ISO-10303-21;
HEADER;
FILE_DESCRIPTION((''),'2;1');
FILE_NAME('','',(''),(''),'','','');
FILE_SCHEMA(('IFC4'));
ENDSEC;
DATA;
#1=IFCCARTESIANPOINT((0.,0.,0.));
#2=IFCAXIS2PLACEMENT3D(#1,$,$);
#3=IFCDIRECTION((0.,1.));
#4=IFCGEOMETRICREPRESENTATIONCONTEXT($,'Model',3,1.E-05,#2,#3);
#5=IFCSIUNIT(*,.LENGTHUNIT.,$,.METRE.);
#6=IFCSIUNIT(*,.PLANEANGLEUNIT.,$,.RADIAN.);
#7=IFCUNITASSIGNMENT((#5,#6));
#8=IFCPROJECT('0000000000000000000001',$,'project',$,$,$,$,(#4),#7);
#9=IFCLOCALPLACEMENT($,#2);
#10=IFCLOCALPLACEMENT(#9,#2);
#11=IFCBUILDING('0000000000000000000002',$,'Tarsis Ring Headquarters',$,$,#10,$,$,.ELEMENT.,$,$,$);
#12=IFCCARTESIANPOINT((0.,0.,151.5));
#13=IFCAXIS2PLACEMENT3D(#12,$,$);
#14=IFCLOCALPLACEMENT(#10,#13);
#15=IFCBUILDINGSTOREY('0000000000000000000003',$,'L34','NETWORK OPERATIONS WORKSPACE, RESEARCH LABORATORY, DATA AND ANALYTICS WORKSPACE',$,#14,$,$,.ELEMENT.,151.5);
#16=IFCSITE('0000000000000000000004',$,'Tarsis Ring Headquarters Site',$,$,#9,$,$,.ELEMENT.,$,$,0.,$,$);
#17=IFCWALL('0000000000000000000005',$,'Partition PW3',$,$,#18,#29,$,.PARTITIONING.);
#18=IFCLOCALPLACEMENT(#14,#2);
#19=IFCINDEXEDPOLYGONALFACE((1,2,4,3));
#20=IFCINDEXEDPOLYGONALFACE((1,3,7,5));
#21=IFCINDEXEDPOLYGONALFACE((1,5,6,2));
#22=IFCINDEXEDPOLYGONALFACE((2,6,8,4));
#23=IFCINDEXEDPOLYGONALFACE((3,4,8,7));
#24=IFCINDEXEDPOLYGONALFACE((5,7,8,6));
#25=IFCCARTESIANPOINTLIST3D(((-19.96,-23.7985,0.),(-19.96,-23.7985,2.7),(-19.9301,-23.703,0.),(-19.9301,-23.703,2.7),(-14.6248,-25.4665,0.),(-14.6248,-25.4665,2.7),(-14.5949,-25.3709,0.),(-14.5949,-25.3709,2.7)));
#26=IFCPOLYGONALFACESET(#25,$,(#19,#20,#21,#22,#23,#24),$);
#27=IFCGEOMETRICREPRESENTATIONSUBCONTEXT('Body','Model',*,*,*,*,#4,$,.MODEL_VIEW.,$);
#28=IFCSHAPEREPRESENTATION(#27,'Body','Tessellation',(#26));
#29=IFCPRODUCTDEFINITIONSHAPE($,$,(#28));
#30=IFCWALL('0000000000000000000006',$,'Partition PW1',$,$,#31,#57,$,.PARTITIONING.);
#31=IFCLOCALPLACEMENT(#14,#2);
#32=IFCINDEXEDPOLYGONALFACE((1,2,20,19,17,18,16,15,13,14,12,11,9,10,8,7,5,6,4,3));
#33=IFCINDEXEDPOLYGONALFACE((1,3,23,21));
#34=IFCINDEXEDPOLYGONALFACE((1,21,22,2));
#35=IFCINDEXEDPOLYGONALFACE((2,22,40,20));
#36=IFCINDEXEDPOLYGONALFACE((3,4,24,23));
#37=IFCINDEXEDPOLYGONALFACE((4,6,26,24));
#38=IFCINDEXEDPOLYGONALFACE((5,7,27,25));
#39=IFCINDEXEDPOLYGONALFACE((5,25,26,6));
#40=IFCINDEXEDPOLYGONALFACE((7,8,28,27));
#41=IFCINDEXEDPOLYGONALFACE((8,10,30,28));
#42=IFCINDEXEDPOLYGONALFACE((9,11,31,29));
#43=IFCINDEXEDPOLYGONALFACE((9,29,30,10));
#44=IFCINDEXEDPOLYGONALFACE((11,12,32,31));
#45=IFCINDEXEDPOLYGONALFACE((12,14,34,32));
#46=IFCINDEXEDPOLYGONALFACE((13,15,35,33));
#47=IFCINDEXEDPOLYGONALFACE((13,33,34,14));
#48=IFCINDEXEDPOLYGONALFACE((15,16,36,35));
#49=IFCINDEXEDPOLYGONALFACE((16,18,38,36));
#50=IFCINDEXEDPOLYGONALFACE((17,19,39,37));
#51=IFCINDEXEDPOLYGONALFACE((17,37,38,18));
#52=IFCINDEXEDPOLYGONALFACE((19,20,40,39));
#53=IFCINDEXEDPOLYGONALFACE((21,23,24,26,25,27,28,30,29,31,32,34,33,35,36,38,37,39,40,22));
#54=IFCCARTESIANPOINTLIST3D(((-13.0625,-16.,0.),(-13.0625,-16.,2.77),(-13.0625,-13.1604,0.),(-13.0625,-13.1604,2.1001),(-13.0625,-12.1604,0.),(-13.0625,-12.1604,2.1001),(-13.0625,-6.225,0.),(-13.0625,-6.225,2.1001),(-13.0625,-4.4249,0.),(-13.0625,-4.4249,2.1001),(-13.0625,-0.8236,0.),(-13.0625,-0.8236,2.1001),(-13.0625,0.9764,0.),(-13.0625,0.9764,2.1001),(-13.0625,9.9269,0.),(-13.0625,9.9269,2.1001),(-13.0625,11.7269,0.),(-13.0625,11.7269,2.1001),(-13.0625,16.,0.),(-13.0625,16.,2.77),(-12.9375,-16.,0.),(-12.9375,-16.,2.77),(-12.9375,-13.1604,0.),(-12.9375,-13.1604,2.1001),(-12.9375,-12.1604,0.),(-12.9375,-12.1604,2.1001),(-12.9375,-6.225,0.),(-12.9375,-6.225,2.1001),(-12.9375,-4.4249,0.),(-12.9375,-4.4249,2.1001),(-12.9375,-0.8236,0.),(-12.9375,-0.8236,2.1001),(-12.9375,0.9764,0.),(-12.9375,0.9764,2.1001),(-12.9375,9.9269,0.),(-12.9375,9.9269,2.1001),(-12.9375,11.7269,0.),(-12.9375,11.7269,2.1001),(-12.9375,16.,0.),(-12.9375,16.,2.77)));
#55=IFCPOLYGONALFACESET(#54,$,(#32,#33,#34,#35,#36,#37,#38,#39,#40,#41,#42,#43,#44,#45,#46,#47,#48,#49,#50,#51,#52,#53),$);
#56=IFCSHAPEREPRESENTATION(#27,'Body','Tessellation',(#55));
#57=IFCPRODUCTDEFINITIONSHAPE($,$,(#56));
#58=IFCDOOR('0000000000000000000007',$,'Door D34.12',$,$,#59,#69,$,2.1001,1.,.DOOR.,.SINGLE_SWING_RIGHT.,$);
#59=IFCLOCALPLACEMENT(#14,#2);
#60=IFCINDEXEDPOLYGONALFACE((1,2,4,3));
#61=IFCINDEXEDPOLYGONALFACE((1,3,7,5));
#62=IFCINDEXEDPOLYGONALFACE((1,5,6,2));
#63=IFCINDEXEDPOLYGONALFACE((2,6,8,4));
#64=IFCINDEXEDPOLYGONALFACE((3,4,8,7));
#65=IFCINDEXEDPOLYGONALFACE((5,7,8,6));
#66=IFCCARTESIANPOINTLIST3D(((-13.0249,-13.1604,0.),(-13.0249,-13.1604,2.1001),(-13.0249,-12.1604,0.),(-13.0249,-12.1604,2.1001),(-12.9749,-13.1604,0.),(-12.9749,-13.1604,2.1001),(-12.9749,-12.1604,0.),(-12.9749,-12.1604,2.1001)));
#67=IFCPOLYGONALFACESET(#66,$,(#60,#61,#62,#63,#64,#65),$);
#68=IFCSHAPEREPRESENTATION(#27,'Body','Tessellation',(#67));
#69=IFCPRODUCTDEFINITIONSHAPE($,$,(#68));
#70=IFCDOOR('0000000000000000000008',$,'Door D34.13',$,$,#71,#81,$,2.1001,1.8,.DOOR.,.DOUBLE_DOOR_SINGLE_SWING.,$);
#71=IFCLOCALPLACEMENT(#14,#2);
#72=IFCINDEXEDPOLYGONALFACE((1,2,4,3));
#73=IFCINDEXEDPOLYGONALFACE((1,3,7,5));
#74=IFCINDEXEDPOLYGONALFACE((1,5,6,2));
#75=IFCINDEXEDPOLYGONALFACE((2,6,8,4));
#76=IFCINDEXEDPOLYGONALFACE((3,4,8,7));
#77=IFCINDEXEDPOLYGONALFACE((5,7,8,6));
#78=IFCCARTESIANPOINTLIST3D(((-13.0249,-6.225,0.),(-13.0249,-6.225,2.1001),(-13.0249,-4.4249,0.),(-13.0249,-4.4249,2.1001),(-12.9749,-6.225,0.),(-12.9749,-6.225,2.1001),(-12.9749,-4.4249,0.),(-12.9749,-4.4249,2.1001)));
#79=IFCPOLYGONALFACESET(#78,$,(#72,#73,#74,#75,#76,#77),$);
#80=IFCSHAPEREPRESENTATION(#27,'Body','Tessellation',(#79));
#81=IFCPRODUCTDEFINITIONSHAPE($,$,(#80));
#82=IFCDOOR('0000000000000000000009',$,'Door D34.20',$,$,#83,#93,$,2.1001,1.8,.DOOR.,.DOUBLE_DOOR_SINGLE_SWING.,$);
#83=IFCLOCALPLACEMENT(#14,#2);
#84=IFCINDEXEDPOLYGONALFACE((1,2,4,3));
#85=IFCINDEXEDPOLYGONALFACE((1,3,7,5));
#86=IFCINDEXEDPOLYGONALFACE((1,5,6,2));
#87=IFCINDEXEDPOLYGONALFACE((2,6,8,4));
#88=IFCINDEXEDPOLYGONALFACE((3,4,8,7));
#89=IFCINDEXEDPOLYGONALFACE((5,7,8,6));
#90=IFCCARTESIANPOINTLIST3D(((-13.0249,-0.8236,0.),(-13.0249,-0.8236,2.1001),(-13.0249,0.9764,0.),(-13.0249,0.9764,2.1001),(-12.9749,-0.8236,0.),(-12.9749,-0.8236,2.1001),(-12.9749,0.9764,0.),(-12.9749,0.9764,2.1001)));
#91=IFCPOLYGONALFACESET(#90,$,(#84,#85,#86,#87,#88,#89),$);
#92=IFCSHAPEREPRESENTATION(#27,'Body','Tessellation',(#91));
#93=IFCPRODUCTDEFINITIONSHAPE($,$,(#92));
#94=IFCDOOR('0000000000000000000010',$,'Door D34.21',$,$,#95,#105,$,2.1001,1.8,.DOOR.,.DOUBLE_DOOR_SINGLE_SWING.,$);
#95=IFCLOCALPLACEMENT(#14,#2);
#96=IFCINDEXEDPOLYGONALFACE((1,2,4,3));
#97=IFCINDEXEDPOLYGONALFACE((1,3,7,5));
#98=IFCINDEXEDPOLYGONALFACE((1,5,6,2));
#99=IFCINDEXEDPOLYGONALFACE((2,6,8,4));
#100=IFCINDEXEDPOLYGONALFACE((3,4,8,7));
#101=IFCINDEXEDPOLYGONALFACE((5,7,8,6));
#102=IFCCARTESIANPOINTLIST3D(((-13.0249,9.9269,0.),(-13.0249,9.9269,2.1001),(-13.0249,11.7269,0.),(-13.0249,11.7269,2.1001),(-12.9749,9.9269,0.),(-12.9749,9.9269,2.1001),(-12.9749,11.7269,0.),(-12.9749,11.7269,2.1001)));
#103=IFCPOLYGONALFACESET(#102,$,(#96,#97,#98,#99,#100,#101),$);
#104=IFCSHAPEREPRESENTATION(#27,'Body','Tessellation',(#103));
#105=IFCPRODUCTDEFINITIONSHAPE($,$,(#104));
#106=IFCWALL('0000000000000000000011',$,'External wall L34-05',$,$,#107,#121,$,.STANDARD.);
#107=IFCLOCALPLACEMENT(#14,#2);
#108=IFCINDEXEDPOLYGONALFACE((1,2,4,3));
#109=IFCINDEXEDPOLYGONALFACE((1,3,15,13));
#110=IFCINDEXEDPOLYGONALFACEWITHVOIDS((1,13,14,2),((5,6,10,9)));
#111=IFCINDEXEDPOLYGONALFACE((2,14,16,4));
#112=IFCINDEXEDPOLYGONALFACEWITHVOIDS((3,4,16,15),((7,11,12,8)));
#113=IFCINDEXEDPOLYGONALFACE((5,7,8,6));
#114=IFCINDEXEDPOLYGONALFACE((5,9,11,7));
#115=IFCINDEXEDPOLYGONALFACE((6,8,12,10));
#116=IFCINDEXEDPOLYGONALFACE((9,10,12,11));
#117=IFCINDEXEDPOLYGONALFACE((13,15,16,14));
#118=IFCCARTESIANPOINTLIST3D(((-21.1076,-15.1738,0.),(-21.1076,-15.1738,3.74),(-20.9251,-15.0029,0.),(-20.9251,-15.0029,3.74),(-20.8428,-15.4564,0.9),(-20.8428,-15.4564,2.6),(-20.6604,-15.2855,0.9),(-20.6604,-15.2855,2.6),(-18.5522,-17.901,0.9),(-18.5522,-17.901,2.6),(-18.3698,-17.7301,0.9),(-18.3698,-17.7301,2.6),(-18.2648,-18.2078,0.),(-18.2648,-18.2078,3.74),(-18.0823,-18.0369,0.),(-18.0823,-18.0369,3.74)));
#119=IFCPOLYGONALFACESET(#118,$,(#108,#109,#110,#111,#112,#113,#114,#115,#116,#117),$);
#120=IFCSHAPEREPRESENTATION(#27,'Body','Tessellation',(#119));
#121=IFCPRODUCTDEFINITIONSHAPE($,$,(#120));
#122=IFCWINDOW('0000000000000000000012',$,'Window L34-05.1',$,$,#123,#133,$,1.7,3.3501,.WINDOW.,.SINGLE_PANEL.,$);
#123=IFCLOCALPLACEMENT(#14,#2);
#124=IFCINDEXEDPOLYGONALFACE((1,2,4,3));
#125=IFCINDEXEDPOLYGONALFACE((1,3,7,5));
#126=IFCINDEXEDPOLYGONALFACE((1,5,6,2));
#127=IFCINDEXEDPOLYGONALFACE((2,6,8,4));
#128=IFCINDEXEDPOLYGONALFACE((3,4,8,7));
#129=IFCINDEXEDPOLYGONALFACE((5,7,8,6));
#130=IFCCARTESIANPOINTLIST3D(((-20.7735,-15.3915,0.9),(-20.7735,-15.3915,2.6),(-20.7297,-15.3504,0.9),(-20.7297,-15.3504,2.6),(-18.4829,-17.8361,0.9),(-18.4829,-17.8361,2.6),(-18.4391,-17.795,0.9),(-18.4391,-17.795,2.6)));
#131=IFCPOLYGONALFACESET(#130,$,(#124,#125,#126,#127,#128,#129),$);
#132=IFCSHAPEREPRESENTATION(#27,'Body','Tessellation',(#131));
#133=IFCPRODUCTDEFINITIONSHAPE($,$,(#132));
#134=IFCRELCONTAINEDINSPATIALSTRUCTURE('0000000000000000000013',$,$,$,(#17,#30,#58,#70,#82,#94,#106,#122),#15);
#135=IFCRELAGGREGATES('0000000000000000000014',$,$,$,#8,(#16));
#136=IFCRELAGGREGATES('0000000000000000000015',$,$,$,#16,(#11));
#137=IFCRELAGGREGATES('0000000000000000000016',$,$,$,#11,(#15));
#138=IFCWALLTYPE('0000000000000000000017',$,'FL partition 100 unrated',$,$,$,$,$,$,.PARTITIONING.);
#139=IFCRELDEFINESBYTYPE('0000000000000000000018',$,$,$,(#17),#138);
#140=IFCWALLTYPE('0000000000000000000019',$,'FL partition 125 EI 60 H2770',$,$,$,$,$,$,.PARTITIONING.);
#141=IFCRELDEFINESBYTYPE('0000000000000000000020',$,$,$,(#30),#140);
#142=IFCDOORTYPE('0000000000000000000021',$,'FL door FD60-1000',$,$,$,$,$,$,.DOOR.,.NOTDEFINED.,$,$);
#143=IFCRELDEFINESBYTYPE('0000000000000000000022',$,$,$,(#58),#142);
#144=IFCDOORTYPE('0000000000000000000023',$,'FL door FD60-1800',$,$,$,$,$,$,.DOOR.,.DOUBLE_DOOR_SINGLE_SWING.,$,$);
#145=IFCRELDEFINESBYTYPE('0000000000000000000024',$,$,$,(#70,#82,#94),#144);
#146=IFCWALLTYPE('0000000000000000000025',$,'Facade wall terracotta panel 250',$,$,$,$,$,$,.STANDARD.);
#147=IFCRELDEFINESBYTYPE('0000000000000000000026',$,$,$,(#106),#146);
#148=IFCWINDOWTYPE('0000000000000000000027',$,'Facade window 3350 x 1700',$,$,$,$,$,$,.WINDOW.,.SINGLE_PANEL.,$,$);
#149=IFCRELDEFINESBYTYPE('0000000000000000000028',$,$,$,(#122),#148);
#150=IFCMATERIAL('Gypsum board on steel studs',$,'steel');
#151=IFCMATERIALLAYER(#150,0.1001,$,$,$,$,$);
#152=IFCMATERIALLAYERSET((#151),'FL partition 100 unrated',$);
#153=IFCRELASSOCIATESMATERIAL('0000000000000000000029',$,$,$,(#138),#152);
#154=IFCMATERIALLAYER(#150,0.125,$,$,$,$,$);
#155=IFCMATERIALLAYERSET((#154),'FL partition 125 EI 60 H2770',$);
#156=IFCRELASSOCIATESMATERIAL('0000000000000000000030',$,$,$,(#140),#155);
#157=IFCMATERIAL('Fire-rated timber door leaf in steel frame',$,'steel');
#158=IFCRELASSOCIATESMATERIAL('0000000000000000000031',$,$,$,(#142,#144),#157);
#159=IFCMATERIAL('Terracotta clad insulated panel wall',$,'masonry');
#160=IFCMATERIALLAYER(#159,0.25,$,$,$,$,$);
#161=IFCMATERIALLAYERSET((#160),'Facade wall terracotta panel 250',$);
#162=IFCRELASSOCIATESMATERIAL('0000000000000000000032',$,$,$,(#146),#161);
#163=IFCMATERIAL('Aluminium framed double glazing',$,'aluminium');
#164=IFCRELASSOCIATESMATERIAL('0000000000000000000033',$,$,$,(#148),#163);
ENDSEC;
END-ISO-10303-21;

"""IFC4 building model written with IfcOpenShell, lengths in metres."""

from ifc_helpers import new_model, si_unit, direction, frame, frame_2d, origin, place, context, subcontext, project, spatial, rectangle, extrude, material, layer, layer_set, type_object, element, fill, save


model = new_model("IFC4")

# Units and contexts
model_context = context("Model", 3, precision=1e-05, world=origin(), true_north=direction((0.0, 1.0)))
body_context = subcontext(model_context, "Body", "Model", "MODEL_VIEW")
ifc_project = project(units=[si_unit("LENGTHUNIT", "METRE"), si_unit("PLANEANGLEUNIT", "RADIAN")], contexts=[model_context])

# Site, building, storey
site_placement = place(None, origin())
site = spatial("IfcSite", under=ifc_project, at=site_placement, Name="Tarsis Ring Headquarters Site", CompositionType="ELEMENT", RefElevation=0.0)
building_placement = place(site_placement, origin())
building = spatial("IfcBuilding", under=site, at=building_placement, Name="Tarsis Ring Headquarters", CompositionType="ELEMENT")
storey_placement = place(building_placement, frame((0.0, 0.0, 151.5)))
storey = spatial("IfcBuildingStorey", under=building, at=storey_placement, Name="L34", Description="NETWORK OPERATIONS WORKSPACE, RESEARCH LABORATORY, DATA AND ANALYTICS WORKSPACE", CompositionType="ELEMENT", Elevation=151.5)

# Wall
ifc_material_1 = material(Name="Gypsum board on steel studs", Category="steel")
ifc_layer_1 = layer(ifc_material_1, 0.1001)
ifc_layer_set_1 = layer_set([ifc_layer_1], Name="FL partition 100 unrated")
wall_type_1 = type_object("IfcWallType", Name="FL partition 100 unrated", PredefinedType="PARTITIONING", material=ifc_layer_set_1)
wall_1_placement = place(storey_placement, frame((-19.9451, -23.7507, 0.0), z_axis=(0.0, 0.0, 1.0), x_axis=(0.954443, -0.298392, 0.0)))
element("IfcWall", 1, at=wall_1_placement, inside=storey, type_object=wall_type_1, Name="Partition PW3", PredefinedType="PARTITIONING", context=body_context, shape_type="SweptSolid", body=[
    extrude(rectangle(XDim=5.5898, YDim=0.1001, at=frame_2d((2.7949, 0.0))), origin(), (0.0, 0.0, 1.0), 2.7),
])

# Wall, openings, doors
ifc_layer_2 = layer(ifc_material_1, 0.125)
ifc_layer_set_2 = layer_set([ifc_layer_2], Name="FL partition 125 EI 60 H2770")
wall_type_2 = type_object("IfcWallType", Name="FL partition 125 EI 60 H2770", PredefinedType="PARTITIONING", material=ifc_layer_set_2)
wall_2_placement = place(storey_placement, frame((-13.0, -16.0, 0.0), z_axis=(0.0, 0.0, 1.0), x_axis=(0.0, 1.0, 0.0)))
wall_2 = element("IfcWall", 2, at=wall_2_placement, inside=storey, type_object=wall_type_2, Name="Partition PW1", PredefinedType="PARTITIONING", context=body_context, shape_type="SweptSolid", body=[
    extrude(rectangle(XDim=32.0, YDim=0.125, at=frame_2d((16.0, 0.0))), origin(), (0.0, 0.0, 1.0), 2.77),
])
opening_1_placement = place(wall_2_placement, frame((2.8396, 0.0, 0.0)))
opening_1 = element("IfcOpeningElement", 3, at=opening_1_placement, cuts=wall_2, PredefinedType="OPENING", context=body_context, shape_type="SweptSolid", body=[
    extrude(rectangle(XDim=1.0, YDim=2.1001, at=frame_2d((0.5, 1.05))), frame((0.0, 0.0725, 0.0), z_axis=(0.0, -1.0, 0.0), x_axis=(1.0, 0.0, 0.0)), (0.0, 0.0, 1.0), 0.145),
])
opening_2_placement = place(wall_2_placement, frame((9.7751, 0.0, 0.0)))
opening_2 = element("IfcOpeningElement", 4, at=opening_2_placement, cuts=wall_2, PredefinedType="OPENING", context=body_context, shape_type="SweptSolid", body=[
    extrude(rectangle(XDim=1.8, YDim=2.1001, at=frame_2d((0.8999, 1.05))), frame((0.0, 0.0725, 0.0), z_axis=(0.0, -1.0, 0.0), x_axis=(1.0, 0.0, 0.0)), (0.0, 0.0, 1.0), 0.145),
])
opening_3_placement = place(wall_2_placement, frame((15.1765, 0.0, 0.0)))
opening_3 = element("IfcOpeningElement", 5, at=opening_3_placement, cuts=wall_2, PredefinedType="OPENING", context=body_context, shape_type="SweptSolid", body=[
    extrude(rectangle(XDim=1.8, YDim=2.1001, at=frame_2d((0.8999, 1.05))), frame((0.0, 0.0725, 0.0), z_axis=(0.0, -1.0, 0.0), x_axis=(1.0, 0.0, 0.0)), (0.0, 0.0, 1.0), 0.145),
])
opening_4_placement = place(wall_2_placement, frame((25.927, 0.0, 0.0)))
opening_4 = element("IfcOpeningElement", 6, at=opening_4_placement, cuts=wall_2, PredefinedType="OPENING", context=body_context, shape_type="SweptSolid", body=[
    extrude(rectangle(XDim=1.8, YDim=2.1001, at=frame_2d((0.8999, 1.05))), frame((0.0, 0.0725, 0.0), z_axis=(0.0, -1.0, 0.0), x_axis=(1.0, 0.0, 0.0)), (0.0, 0.0, 1.0), 0.145),
])
ifc_material_2 = material(Name="Fire-rated timber door leaf in steel frame", Category="steel")
door_type_1 = type_object("IfcDoorType", Name="FL door FD60-1000", OperationType="NOTDEFINED", PredefinedType="DOOR", material=ifc_material_2)
door_1_placement = place(opening_1_placement, origin())
door_1 = element("IfcDoor", 7, at=door_1_placement, inside=storey, type_object=door_type_1, Name="Door D34.12", OperationType="SINGLE_SWING_RIGHT", OverallHeight=2.1001, OverallWidth=1.0, PredefinedType="DOOR", context=body_context, shape_type="SweptSolid", body=[
    extrude(rectangle(XDim=1.0, YDim=2.1001, at=frame_2d((0.5, 1.05))), frame((0.0, 0.0249, 0.0), z_axis=(0.0, -1.0, 0.0), x_axis=(1.0, 0.0, 0.0)), (0.0, 0.0, 1.0), 0.05),
])
fill(opening_1, door_1)
door_type_2 = type_object("IfcDoorType", Name="FL door FD60-1800", OperationType="DOUBLE_DOOR_SINGLE_SWING", PredefinedType="DOOR", material=ifc_material_2)
door_2_placement = place(opening_2_placement, origin())
door_2 = element("IfcDoor", 8, at=door_2_placement, inside=storey, type_object=door_type_2, Name="Door D34.13", OperationType="DOUBLE_DOOR_SINGLE_SWING", OverallHeight=2.1001, OverallWidth=1.8, PredefinedType="DOOR", context=body_context, shape_type="SweptSolid", body=[
    extrude(rectangle(XDim=1.8, YDim=2.1001, at=frame_2d((0.8999, 1.05))), frame((0.0, 0.0249, 0.0), z_axis=(0.0, -1.0, 0.0), x_axis=(1.0, 0.0, 0.0)), (0.0, 0.0, 1.0), 0.05),
])
fill(opening_2, door_2)
door_3_placement = place(opening_3_placement, origin())
door_3 = element("IfcDoor", 9, at=door_3_placement, inside=storey, type_object=door_type_2, Name="Door D34.20", OperationType="DOUBLE_DOOR_SINGLE_SWING", OverallHeight=2.1001, OverallWidth=1.8, PredefinedType="DOOR", context=body_context, shape_type="SweptSolid", body=[
    extrude(rectangle(XDim=1.8, YDim=2.1001, at=frame_2d((0.8999, 1.05))), frame((0.0, 0.0249, 0.0), z_axis=(0.0, -1.0, 0.0), x_axis=(1.0, 0.0, 0.0)), (0.0, 0.0, 1.0), 0.05),
])
fill(opening_3, door_3)
door_4_placement = place(opening_4_placement, origin())
door_4 = element("IfcDoor", 10, at=door_4_placement, inside=storey, type_object=door_type_2, Name="Door D34.21", OperationType="DOUBLE_DOOR_SINGLE_SWING", OverallHeight=2.1001, OverallWidth=1.8, PredefinedType="DOOR", context=body_context, shape_type="SweptSolid", body=[
    extrude(rectangle(XDim=1.8, YDim=2.1001, at=frame_2d((0.8999, 1.05))), frame((0.0, 0.0249, 0.0), z_axis=(0.0, -1.0, 0.0), x_axis=(1.0, 0.0, 0.0)), (0.0, 0.0, 1.0), 0.05),
])
fill(opening_4, door_4)

# Wall, opening, window
ifc_material_3 = material(Name="Terracotta clad insulated panel wall", Category="masonry")
ifc_layer_3 = layer(ifc_material_3, 0.25)
ifc_layer_set_3 = layer_set([ifc_layer_3], Name="Facade wall terracotta panel 250")
wall_type_3 = type_object("IfcWallType", Name="Facade wall terracotta panel 250", PredefinedType="STANDARD", material=ifc_layer_set_3)
wall_3_placement = place(storey_placement, frame((-21.0164, -15.0884, 0.0), z_axis=(0.0, 0.0, 1.0), x_axis=(0.683744, -0.729722, 0.0)))
wall_3 = element("IfcWall", 11, at=wall_3_placement, inside=storey, type_object=wall_type_3, Name="External wall L34-05", PredefinedType="STANDARD", context=body_context, shape_type="SweptSolid", body=[
    extrude(rectangle(XDim=4.1577, YDim=0.25, at=frame_2d((2.0789, 0.0))), origin(), (0.0, 0.0, 1.0), 3.74),
])
opening_5_placement = place(wall_3_placement, frame((0.3872, 0.0, 0.8999)))
opening_5 = element("IfcOpeningElement", 12, at=opening_5_placement, cuts=wall_3, PredefinedType="OPENING", context=body_context, shape_type="SweptSolid", body=[
    extrude(rectangle(XDim=3.3501, YDim=1.7, at=frame_2d((1.675, 0.8501))), frame((0.0, 0.135, 0.0), z_axis=(0.0, -1.0, 0.0), x_axis=(1.0, 0.0, 0.0)), (0.0, 0.0, 1.0), 0.27),
])
ifc_material_4 = material(Name="Aluminium framed double glazing", Category="aluminium")
window_type_1 = type_object("IfcWindowType", Name="Facade window 3350 x 1700", PartitioningType="SINGLE_PANEL", PredefinedType="WINDOW", material=ifc_material_4)
window_1_placement = place(opening_5_placement, origin())
window_1 = element("IfcWindow", 13, at=window_1_placement, inside=storey, type_object=window_type_1, Name="Window L34-05.1", OverallHeight=1.7, OverallWidth=3.3501, PartitioningType="SINGLE_PANEL", PredefinedType="WINDOW", context=body_context, shape_type="SweptSolid", body=[
    extrude(rectangle(XDim=3.3501, YDim=1.7, at=frame_2d((1.675, 0.8501))), frame((0.0, 0.03, 0.0), z_axis=(0.0, -1.0, 0.0), x_axis=(1.0, 0.0, 0.0)), (0.0, 0.0, 1.0), 0.0601),
])
fill(opening_5, window_1)

save(model, "model.ifc")
